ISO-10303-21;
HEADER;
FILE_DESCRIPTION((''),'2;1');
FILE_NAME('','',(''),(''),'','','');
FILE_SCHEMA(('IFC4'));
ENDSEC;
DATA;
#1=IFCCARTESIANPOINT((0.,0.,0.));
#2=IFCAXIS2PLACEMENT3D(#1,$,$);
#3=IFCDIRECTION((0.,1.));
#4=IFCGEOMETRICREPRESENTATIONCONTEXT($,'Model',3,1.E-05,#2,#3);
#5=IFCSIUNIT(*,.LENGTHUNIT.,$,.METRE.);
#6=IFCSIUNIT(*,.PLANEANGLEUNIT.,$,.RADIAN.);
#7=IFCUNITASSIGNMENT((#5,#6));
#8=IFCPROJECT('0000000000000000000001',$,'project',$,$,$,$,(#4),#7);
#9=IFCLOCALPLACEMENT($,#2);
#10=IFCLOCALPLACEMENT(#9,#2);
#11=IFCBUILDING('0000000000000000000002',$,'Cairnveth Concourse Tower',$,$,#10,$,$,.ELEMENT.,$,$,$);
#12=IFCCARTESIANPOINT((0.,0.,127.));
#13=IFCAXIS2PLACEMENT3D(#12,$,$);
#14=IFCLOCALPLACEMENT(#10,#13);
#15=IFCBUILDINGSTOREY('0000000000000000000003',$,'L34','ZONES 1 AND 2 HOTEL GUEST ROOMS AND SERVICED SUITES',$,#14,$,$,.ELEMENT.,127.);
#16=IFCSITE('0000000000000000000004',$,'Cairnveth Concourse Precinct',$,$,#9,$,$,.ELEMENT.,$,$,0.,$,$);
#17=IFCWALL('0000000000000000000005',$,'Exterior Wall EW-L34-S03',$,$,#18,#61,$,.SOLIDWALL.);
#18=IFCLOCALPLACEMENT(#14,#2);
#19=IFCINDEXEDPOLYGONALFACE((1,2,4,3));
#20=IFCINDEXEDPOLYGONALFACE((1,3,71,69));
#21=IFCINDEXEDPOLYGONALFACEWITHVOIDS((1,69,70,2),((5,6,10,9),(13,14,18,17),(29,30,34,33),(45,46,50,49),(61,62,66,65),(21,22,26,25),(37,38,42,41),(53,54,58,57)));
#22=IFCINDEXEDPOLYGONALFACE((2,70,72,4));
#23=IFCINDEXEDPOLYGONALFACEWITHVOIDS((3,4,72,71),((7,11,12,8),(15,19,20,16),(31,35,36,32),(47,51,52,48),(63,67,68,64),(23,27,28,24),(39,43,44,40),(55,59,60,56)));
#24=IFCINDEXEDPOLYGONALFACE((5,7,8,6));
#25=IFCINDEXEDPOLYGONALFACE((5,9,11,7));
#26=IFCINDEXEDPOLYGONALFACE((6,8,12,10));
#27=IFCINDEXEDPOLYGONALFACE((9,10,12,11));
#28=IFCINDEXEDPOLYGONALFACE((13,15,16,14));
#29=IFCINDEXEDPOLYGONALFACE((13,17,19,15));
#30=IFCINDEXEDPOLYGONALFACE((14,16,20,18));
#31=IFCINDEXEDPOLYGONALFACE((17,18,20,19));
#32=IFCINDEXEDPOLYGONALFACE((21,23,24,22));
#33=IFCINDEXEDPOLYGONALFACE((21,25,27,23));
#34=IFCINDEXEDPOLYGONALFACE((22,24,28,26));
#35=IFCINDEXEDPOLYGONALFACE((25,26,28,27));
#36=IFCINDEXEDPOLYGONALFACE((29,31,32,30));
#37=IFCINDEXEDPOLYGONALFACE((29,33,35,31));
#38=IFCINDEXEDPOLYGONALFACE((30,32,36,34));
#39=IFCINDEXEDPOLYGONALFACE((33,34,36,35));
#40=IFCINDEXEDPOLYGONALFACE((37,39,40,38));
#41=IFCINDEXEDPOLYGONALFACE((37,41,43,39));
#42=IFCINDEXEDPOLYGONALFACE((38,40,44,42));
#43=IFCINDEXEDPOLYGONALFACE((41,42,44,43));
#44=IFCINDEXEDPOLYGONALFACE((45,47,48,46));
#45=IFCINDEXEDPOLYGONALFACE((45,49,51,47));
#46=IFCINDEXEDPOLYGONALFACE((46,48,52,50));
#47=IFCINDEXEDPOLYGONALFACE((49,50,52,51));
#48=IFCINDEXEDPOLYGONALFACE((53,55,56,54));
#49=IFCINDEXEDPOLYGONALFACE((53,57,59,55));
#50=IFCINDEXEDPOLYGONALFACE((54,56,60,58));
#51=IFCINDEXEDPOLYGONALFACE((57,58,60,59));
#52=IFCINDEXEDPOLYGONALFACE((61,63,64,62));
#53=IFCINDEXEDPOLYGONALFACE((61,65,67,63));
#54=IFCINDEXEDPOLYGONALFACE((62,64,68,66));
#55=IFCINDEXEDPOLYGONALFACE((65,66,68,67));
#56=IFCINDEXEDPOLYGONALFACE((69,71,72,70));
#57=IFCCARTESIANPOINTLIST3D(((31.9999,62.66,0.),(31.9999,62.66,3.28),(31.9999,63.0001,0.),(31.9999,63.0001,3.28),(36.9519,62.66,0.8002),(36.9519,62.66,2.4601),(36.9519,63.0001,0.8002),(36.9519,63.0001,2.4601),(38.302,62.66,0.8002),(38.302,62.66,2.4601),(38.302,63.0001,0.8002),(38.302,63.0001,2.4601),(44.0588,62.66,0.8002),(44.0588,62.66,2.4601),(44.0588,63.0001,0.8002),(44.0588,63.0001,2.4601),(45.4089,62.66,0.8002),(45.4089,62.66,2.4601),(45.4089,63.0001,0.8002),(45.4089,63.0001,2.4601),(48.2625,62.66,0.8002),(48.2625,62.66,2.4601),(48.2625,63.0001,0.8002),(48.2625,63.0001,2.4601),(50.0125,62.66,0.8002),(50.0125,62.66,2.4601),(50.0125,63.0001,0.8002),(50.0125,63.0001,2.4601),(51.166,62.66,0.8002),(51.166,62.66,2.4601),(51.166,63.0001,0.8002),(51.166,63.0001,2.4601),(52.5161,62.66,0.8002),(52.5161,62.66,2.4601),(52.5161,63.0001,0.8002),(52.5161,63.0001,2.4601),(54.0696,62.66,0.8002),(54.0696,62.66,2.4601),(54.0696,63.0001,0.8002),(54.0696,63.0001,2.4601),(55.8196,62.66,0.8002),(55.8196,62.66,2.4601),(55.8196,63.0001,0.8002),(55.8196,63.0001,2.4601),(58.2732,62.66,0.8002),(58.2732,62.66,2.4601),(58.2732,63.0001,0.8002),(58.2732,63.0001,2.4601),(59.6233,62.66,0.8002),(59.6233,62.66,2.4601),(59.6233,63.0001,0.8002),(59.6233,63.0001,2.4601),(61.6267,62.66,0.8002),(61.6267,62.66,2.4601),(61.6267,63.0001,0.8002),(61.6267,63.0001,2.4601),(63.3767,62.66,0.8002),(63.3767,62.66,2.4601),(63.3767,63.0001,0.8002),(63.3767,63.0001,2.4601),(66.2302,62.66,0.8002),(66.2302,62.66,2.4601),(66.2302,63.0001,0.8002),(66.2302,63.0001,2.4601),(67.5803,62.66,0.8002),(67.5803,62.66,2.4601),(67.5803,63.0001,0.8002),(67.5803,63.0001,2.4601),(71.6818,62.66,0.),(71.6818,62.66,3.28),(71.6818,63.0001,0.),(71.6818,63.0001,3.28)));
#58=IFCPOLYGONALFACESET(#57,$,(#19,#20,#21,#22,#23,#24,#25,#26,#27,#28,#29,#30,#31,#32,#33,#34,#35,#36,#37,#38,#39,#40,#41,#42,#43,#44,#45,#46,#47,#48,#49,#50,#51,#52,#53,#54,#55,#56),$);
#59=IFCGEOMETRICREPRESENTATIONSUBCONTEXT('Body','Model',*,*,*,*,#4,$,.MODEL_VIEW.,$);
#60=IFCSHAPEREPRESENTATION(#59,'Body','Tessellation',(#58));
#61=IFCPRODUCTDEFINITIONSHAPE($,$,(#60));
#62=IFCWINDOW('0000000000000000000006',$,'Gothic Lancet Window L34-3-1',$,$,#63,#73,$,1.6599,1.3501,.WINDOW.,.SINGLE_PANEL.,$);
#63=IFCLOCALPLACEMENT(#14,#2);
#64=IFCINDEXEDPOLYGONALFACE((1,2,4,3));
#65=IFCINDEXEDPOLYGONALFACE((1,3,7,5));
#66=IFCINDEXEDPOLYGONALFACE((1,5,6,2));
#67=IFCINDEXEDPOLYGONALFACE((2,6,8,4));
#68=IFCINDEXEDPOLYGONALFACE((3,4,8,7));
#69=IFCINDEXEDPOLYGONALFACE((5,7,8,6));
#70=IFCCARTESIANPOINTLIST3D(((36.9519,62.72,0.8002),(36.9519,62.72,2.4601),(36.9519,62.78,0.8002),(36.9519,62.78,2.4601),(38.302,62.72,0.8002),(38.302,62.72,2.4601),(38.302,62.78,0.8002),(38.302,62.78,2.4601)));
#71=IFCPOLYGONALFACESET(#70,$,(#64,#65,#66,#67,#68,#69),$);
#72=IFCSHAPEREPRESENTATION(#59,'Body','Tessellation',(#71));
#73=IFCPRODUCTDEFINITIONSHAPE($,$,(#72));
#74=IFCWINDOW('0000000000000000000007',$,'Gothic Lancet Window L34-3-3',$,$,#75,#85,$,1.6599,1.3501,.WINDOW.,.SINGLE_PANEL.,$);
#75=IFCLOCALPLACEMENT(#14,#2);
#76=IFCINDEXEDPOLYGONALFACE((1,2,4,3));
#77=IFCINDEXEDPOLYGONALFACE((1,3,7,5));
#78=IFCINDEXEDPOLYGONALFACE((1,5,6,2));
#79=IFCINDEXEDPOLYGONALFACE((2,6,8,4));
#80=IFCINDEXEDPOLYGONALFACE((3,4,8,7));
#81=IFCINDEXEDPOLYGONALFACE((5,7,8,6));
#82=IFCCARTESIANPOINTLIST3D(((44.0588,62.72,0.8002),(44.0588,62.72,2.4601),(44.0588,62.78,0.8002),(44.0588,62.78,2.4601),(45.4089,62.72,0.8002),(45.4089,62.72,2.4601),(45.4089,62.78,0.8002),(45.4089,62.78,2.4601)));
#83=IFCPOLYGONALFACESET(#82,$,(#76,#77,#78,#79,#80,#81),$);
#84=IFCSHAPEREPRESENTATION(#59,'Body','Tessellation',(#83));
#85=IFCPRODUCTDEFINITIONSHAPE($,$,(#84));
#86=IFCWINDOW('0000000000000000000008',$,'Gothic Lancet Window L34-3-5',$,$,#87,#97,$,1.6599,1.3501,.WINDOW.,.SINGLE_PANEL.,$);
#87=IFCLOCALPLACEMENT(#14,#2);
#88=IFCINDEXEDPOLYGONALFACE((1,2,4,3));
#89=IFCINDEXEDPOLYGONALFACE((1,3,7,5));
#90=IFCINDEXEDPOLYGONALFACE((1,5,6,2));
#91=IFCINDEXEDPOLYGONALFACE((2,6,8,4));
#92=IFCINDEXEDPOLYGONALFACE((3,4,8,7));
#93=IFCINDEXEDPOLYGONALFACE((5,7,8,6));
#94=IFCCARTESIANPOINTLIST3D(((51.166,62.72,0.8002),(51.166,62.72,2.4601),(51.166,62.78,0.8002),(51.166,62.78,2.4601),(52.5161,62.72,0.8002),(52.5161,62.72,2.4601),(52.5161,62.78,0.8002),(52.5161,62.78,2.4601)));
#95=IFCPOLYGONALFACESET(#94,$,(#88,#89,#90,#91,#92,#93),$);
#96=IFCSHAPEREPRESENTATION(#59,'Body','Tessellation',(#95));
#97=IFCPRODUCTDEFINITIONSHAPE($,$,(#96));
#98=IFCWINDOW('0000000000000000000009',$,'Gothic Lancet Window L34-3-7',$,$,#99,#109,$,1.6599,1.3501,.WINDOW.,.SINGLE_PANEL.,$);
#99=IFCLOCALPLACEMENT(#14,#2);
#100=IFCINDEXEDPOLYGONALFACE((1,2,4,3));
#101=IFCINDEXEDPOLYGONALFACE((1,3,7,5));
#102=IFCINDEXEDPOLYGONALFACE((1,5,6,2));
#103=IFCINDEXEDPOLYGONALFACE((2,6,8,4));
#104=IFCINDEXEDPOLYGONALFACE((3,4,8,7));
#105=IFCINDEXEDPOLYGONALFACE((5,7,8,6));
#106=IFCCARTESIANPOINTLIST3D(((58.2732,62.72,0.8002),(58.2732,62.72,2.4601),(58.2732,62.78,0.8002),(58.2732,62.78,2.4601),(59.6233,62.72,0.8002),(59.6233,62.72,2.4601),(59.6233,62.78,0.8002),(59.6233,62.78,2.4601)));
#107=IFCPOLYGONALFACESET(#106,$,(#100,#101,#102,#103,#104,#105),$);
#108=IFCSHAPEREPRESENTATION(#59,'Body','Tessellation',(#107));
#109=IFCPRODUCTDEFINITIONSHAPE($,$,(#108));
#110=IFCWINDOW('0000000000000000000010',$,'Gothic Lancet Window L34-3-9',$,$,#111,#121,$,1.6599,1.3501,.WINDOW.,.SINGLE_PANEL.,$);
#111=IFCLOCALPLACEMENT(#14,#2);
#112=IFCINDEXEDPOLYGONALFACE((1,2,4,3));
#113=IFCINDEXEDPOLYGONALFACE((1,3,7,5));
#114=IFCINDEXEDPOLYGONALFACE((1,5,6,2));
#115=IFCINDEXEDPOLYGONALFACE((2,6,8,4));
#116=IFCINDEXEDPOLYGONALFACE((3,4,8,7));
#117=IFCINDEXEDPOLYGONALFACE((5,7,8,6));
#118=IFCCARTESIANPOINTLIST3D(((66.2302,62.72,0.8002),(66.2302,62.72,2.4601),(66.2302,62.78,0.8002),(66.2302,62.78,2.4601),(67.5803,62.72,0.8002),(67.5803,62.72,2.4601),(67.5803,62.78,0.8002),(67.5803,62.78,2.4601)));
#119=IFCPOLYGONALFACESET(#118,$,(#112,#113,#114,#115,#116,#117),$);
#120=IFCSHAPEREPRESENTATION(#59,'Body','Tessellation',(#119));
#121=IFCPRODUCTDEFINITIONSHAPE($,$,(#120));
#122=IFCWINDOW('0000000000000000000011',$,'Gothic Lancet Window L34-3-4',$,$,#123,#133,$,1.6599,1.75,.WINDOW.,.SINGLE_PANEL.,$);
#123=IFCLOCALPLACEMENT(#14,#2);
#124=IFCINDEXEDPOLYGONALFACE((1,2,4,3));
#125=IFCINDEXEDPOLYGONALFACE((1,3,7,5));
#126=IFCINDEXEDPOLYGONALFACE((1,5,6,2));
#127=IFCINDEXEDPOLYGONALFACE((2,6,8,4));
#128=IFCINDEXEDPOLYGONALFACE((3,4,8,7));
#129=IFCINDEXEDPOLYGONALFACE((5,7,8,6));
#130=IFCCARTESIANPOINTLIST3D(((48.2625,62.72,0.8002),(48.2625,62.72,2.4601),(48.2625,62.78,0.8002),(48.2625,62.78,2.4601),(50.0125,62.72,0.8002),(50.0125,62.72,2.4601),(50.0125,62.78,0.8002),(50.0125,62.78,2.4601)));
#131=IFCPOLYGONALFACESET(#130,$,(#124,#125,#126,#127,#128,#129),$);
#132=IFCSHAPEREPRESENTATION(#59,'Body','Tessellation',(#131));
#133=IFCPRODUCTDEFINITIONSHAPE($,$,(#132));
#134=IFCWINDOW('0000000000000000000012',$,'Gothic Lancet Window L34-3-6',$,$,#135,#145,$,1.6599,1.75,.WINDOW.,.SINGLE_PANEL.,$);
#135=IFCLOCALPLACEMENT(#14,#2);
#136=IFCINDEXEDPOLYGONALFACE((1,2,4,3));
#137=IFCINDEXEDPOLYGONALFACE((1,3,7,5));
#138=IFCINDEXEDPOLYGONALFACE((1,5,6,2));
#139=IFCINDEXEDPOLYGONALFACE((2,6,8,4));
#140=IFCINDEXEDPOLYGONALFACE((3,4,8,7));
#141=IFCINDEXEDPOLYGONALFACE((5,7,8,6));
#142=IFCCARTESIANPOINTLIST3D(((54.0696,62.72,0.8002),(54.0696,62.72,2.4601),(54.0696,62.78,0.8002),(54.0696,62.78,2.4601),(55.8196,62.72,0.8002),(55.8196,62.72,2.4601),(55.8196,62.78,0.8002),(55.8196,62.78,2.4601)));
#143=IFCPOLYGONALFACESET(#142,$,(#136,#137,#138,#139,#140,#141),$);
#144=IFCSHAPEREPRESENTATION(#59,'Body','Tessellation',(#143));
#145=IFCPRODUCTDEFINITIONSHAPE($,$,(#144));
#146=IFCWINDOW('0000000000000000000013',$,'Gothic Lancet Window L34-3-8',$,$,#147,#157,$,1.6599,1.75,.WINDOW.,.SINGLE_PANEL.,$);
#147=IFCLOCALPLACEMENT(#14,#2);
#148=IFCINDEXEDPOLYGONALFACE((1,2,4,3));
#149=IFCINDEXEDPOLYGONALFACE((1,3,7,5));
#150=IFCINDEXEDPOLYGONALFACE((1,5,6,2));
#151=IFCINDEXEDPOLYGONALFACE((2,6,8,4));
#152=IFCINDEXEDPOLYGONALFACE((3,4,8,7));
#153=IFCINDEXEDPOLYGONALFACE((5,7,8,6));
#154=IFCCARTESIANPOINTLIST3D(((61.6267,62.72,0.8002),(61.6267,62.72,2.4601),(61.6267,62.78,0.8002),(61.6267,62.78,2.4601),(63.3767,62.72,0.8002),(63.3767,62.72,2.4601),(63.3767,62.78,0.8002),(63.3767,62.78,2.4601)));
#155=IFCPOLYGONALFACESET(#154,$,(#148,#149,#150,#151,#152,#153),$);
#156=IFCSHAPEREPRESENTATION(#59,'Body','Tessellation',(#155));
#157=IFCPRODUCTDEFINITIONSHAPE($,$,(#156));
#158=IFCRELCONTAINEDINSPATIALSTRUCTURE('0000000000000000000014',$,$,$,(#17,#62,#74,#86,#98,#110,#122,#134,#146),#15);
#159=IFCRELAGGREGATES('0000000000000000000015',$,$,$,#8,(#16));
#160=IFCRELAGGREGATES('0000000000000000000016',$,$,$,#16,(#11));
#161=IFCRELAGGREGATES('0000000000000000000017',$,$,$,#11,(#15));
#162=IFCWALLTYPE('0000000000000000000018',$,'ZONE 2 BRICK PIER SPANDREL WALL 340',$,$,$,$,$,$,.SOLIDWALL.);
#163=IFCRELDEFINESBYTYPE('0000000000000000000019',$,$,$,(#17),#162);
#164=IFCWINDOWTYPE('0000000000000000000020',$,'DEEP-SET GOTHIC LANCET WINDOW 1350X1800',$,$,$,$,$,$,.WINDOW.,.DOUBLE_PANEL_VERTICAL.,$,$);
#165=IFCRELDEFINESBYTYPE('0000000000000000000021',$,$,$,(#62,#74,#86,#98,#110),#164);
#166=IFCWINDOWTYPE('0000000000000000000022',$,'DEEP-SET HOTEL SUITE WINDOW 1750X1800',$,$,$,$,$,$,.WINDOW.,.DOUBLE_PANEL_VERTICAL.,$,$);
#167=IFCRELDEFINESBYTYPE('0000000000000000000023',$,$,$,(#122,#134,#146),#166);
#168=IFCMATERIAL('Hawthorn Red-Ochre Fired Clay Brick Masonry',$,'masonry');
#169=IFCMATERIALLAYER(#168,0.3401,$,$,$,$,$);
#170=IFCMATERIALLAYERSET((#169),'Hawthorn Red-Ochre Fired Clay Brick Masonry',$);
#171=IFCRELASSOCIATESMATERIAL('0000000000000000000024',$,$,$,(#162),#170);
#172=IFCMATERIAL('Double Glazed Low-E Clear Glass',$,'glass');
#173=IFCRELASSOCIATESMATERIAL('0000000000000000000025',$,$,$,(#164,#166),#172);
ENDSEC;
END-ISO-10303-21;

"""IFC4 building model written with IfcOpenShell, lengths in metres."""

from ifc_helpers import new_model, si_unit, direction, frame, frame_2d, origin, place, context, subcontext, project, spatial, rectangle, extrude, material, layer, layer_set, type_object, element, fill, save


model = new_model("IFC4")

# Units and contexts
model_context = context("Model", 3, precision=1e-05, world=origin(), true_north=direction((0.0, 1.0)))
body_context = subcontext(model_context, "Body", "Model", "MODEL_VIEW")
ifc_project = project(units=[si_unit("LENGTHUNIT", "METRE"), si_unit("PLANEANGLEUNIT", "RADIAN")], contexts=[model_context])

# Site, building, storey
site_placement = place(None, origin())
site = spatial("IfcSite", under=ifc_project, at=site_placement, Name="Cairnveth Concourse Precinct", CompositionType="ELEMENT", RefElevation=0.0)
building_placement = place(site_placement, origin())
building = spatial("IfcBuilding", under=site, at=building_placement, Name="Cairnveth Concourse Tower", CompositionType="ELEMENT")
storey_placement = place(building_placement, frame((0.0, 0.0, 127.0)))
storey = spatial("IfcBuildingStorey", under=building, at=storey_placement, Name="L34", Description="ZONES 1 AND 2 HOTEL GUEST ROOMS AND SERVICED SUITES", CompositionType="ELEMENT", Elevation=127.0)

# Shared definitions
ifc_material_1 = material(Name="Hawthorn Red-Ochre Fired Clay Brick Masonry", Category="masonry")
ifc_layer_1 = layer(ifc_material_1, 0.3401)
ifc_layer_set_1 = layer_set([ifc_layer_1], Name="Hawthorn Red-Ochre Fired Clay Brick Masonry")
wall_type = type_object("IfcWallType", Name="ZONE 2 BRICK PIER SPANDREL WALL 340", PredefinedType="SOLIDWALL", material=ifc_layer_set_1)

# Wall, openings, windows
wall_1_placement = place(storey_placement, frame((32.0, 62.8301, 0.0), z_axis=(0.0, 0.0, 1.0), x_axis=(1.0, 0.0, 0.0)))
wall_1 = element("IfcWall", 1, at=wall_1_placement, inside=storey, type_object=wall_type, Name="Exterior Wall EW-L34-S03", PredefinedType="SOLIDWALL", context=body_context, shape_type="SweptSolid", body=[
    extrude(rectangle(XDim=39.6819, YDim=0.3401, at=frame_2d((19.8408, 0.0))), origin(), (0.0, 0.0, 1.0), 3.28),
])
opening_1_placement = place(wall_1_placement, frame((4.9519, 0.0, 0.8)))
opening_1 = element("IfcOpeningElement", 2, at=opening_1_placement, cuts=wall_1, PredefinedType="OPENING", context=body_context, shape_type="SweptSolid", body=[
    extrude(rectangle(XDim=1.3501, YDim=1.6599, at=frame_2d((0.675, 0.8301))), frame((0.0, 0.1799, 0.0), z_axis=(0.0, -1.0, 0.0), x_axis=(1.0, 0.0, 0.0)), (0.0, 0.0, 1.0), 0.3601),
])
opening_2_placement = place(wall_1_placement, frame((12.0588, 0.0, 0.8)))
opening_2 = element("IfcOpeningElement", 3, at=opening_2_placement, cuts=wall_1, PredefinedType="OPENING", context=body_context, shape_type="SweptSolid", body=[
    extrude(rectangle(XDim=1.3501, YDim=1.6599, at=frame_2d((0.675, 0.8301))), frame((0.0, 0.1799, 0.0), z_axis=(0.0, -1.0, 0.0), x_axis=(1.0, 0.0, 0.0)), (0.0, 0.0, 1.0), 0.3601),
])
opening_3_placement = place(wall_1_placement, frame((16.2625, 0.0, 0.8)))
opening_3 = element("IfcOpeningElement", 4, at=opening_3_placement, cuts=wall_1, PredefinedType="OPENING", context=body_context, shape_type="SweptSolid", body=[
    extrude(rectangle(XDim=1.75, YDim=1.6599, at=frame_2d((0.875, 0.8301))), frame((0.0, 0.1799, 0.0), z_axis=(0.0, -1.0, 0.0), x_axis=(1.0, 0.0, 0.0)), (0.0, 0.0, 1.0), 0.3601),
])
opening_4_placement = place(wall_1_placement, frame((19.166, 0.0, 0.8)))
opening_4 = element("IfcOpeningElement", 5, at=opening_4_placement, cuts=wall_1, PredefinedType="OPENING", context=body_context, shape_type="SweptSolid", body=[
    extrude(rectangle(XDim=1.3501, YDim=1.6599, at=frame_2d((0.675, 0.8301))), frame((0.0, 0.1799, 0.0), z_axis=(0.0, -1.0, 0.0), x_axis=(1.0, 0.0, 0.0)), (0.0, 0.0, 1.0), 0.3601),
])
opening_5_placement = place(wall_1_placement, frame((22.0696, 0.0, 0.8)))
opening_5 = element("IfcOpeningElement", 6, at=opening_5_placement, cuts=wall_1, PredefinedType="OPENING", context=body_context, shape_type="SweptSolid", body=[
    extrude(rectangle(XDim=1.75, YDim=1.6599, at=frame_2d((0.875, 0.8301))), frame((0.0, 0.1799, 0.0), z_axis=(0.0, -1.0, 0.0), x_axis=(1.0, 0.0, 0.0)), (0.0, 0.0, 1.0), 0.3601),
])
opening_6_placement = place(wall_1_placement, frame((26.2732, 0.0, 0.8)))
opening_6 = element("IfcOpeningElement", 7, at=opening_6_placement, cuts=wall_1, PredefinedType="OPENING", context=body_context, shape_type="SweptSolid", body=[
    extrude(rectangle(XDim=1.3501, YDim=1.6599, at=frame_2d((0.675, 0.8301))), frame((0.0, 0.1799, 0.0), z_axis=(0.0, -1.0, 0.0), x_axis=(1.0, 0.0, 0.0)), (0.0, 0.0, 1.0), 0.3601),
])
opening_7_placement = place(wall_1_placement, frame((29.6267, 0.0, 0.8)))
opening_7 = element("IfcOpeningElement", 8, at=opening_7_placement, cuts=wall_1, PredefinedType="OPENING", context=body_context, shape_type="SweptSolid", body=[
    extrude(rectangle(XDim=1.75, YDim=1.6599, at=frame_2d((0.875, 0.8301))), frame((0.0, 0.1799, 0.0), z_axis=(0.0, -1.0, 0.0), x_axis=(1.0, 0.0, 0.0)), (0.0, 0.0, 1.0), 0.3601),
])
opening_8_placement = place(wall_1_placement, frame((34.2302, 0.0, 0.8)))
opening_8 = element("IfcOpeningElement", 9, at=opening_8_placement, cuts=wall_1, PredefinedType="OPENING", context=body_context, shape_type="SweptSolid", body=[
    extrude(rectangle(XDim=1.3501, YDim=1.6599, at=frame_2d((0.675, 0.8301))), frame((0.0, 0.1799, 0.0), z_axis=(0.0, -1.0, 0.0), x_axis=(1.0, 0.0, 0.0)), (0.0, 0.0, 1.0), 0.3601),
])
ifc_material_2 = material(Name="Double Glazed Low-E Clear Glass", Category="glass")
window_type_1 = type_object("IfcWindowType", Name="DEEP-SET GOTHIC LANCET WINDOW 1350X1800", PartitioningType="DOUBLE_PANEL_VERTICAL", PredefinedType="WINDOW", material=ifc_material_2)
window_1_placement = place(opening_1_placement, origin())
window_1 = element("IfcWindow", 10, at=window_1_placement, inside=storey, type_object=window_type_1, Name="Gothic Lancet Window L34-3-1", OverallHeight=1.6599, OverallWidth=1.3501, PartitioningType="SINGLE_PANEL", PredefinedType="WINDOW", context=body_context, shape_type="SweptSolid", body=[
    extrude(rectangle(XDim=1.3501, YDim=1.6599, at=frame_2d((0.675, 0.8301))), frame((0.0, -0.05, 0.0), z_axis=(0.0, -1.0, 0.0), x_axis=(1.0, 0.0, 0.0)), (0.0, 0.0, 1.0), 0.0601),
])
fill(opening_1, window_1)
window_2_placement = place(opening_2_placement, origin())
window_2 = element("IfcWindow", 11, at=window_2_placement, inside=storey, type_object=window_type_1, Name="Gothic Lancet Window L34-3-3", OverallHeight=1.6599, OverallWidth=1.3501, PartitioningType="SINGLE_PANEL", PredefinedType="WINDOW", context=body_context, shape_type="SweptSolid", body=[
    extrude(rectangle(XDim=1.3501, YDim=1.6599, at=frame_2d((0.675, 0.8301))), frame((0.0, -0.05, 0.0), z_axis=(0.0, -1.0, 0.0), x_axis=(1.0, 0.0, 0.0)), (0.0, 0.0, 1.0), 0.0601),
])
fill(opening_2, window_2)
window_3_placement = place(opening_4_placement, origin())
window_3 = element("IfcWindow", 12, at=window_3_placement, inside=storey, type_object=window_type_1, Name="Gothic Lancet Window L34-3-5", OverallHeight=1.6599, OverallWidth=1.3501, PartitioningType="SINGLE_PANEL", PredefinedType="WINDOW", context=body_context, shape_type="SweptSolid", body=[
    extrude(rectangle(XDim=1.3501, YDim=1.6599, at=frame_2d((0.675, 0.8301))), frame((0.0, -0.05, 0.0), z_axis=(0.0, -1.0, 0.0), x_axis=(1.0, 0.0, 0.0)), (0.0, 0.0, 1.0), 0.0601),
])
fill(opening_4, window_3)
window_4_placement = place(opening_6_placement, origin())
window_4 = element("IfcWindow", 13, at=window_4_placement, inside=storey, type_object=window_type_1, Name="Gothic Lancet Window L34-3-7", OverallHeight=1.6599, OverallWidth=1.3501, PartitioningType="SINGLE_PANEL", PredefinedType="WINDOW", context=body_context, shape_type="SweptSolid", body=[
    extrude(rectangle(XDim=1.3501, YDim=1.6599, at=frame_2d((0.675, 0.8301))), frame((0.0, -0.05, 0.0), z_axis=(0.0, -1.0, 0.0), x_axis=(1.0, 0.0, 0.0)), (0.0, 0.0, 1.0), 0.0601),
])
fill(opening_6, window_4)
window_5_placement = place(opening_8_placement, origin())
window_5 = element("IfcWindow", 14, at=window_5_placement, inside=storey, type_object=window_type_1, Name="Gothic Lancet Window L34-3-9", OverallHeight=1.6599, OverallWidth=1.3501, PartitioningType="SINGLE_PANEL", PredefinedType="WINDOW", context=body_context, shape_type="SweptSolid", body=[
    extrude(rectangle(XDim=1.3501, YDim=1.6599, at=frame_2d((0.675, 0.8301))), frame((0.0, -0.05, 0.0), z_axis=(0.0, -1.0, 0.0), x_axis=(1.0, 0.0, 0.0)), (0.0, 0.0, 1.0), 0.0601),
])
fill(opening_8, window_5)
window_type_2 = type_object("IfcWindowType", Name="DEEP-SET HOTEL SUITE WINDOW 1750X1800", PartitioningType="DOUBLE_PANEL_VERTICAL", PredefinedType="WINDOW", material=ifc_material_2)
window_6_placement = place(opening_3_placement, origin())
window_6 = element("IfcWindow", 15, at=window_6_placement, inside=storey, type_object=window_type_2, Name="Gothic Lancet Window L34-3-4", OverallHeight=1.6599, OverallWidth=1.75, PartitioningType="SINGLE_PANEL", PredefinedType="WINDOW", context=body_context, shape_type="SweptSolid", body=[
    extrude(rectangle(XDim=1.75, YDim=1.6599, at=frame_2d((0.875, 0.8301))), frame((0.0, -0.05, 0.0), z_axis=(0.0, -1.0, 0.0), x_axis=(1.0, 0.0, 0.0)), (0.0, 0.0, 1.0), 0.0601),
])
fill(opening_3, window_6)
window_7_placement = place(opening_5_placement, origin())
window_7 = element("IfcWindow", 16, at=window_7_placement, inside=storey, type_object=window_type_2, Name="Gothic Lancet Window L34-3-6", OverallHeight=1.6599, OverallWidth=1.75, PartitioningType="SINGLE_PANEL", PredefinedType="WINDOW", context=body_context, shape_type="SweptSolid", body=[
    extrude(rectangle(XDim=1.75, YDim=1.6599, at=frame_2d((0.875, 0.8301))), frame((0.0, -0.05, 0.0), z_axis=(0.0, -1.0, 0.0), x_axis=(1.0, 0.0, 0.0)), (0.0, 0.0, 1.0), 0.0601),
])
fill(opening_5, window_7)
window_8_placement = place(opening_7_placement, origin())
window_8 = element("IfcWindow", 17, at=window_8_placement, inside=storey, type_object=window_type_2, Name="Gothic Lancet Window L34-3-8", OverallHeight=1.6599, OverallWidth=1.75, PartitioningType="SINGLE_PANEL", PredefinedType="WINDOW", context=body_context, shape_type="SweptSolid", body=[
    extrude(rectangle(XDim=1.75, YDim=1.6599, at=frame_2d((0.875, 0.8301))), frame((0.0, -0.05, 0.0), z_axis=(0.0, -1.0, 0.0), x_axis=(1.0, 0.0, 0.0)), (0.0, 0.0, 1.0), 0.0601),
])
fill(opening_7, window_8)

save(model, "model.ifc")
